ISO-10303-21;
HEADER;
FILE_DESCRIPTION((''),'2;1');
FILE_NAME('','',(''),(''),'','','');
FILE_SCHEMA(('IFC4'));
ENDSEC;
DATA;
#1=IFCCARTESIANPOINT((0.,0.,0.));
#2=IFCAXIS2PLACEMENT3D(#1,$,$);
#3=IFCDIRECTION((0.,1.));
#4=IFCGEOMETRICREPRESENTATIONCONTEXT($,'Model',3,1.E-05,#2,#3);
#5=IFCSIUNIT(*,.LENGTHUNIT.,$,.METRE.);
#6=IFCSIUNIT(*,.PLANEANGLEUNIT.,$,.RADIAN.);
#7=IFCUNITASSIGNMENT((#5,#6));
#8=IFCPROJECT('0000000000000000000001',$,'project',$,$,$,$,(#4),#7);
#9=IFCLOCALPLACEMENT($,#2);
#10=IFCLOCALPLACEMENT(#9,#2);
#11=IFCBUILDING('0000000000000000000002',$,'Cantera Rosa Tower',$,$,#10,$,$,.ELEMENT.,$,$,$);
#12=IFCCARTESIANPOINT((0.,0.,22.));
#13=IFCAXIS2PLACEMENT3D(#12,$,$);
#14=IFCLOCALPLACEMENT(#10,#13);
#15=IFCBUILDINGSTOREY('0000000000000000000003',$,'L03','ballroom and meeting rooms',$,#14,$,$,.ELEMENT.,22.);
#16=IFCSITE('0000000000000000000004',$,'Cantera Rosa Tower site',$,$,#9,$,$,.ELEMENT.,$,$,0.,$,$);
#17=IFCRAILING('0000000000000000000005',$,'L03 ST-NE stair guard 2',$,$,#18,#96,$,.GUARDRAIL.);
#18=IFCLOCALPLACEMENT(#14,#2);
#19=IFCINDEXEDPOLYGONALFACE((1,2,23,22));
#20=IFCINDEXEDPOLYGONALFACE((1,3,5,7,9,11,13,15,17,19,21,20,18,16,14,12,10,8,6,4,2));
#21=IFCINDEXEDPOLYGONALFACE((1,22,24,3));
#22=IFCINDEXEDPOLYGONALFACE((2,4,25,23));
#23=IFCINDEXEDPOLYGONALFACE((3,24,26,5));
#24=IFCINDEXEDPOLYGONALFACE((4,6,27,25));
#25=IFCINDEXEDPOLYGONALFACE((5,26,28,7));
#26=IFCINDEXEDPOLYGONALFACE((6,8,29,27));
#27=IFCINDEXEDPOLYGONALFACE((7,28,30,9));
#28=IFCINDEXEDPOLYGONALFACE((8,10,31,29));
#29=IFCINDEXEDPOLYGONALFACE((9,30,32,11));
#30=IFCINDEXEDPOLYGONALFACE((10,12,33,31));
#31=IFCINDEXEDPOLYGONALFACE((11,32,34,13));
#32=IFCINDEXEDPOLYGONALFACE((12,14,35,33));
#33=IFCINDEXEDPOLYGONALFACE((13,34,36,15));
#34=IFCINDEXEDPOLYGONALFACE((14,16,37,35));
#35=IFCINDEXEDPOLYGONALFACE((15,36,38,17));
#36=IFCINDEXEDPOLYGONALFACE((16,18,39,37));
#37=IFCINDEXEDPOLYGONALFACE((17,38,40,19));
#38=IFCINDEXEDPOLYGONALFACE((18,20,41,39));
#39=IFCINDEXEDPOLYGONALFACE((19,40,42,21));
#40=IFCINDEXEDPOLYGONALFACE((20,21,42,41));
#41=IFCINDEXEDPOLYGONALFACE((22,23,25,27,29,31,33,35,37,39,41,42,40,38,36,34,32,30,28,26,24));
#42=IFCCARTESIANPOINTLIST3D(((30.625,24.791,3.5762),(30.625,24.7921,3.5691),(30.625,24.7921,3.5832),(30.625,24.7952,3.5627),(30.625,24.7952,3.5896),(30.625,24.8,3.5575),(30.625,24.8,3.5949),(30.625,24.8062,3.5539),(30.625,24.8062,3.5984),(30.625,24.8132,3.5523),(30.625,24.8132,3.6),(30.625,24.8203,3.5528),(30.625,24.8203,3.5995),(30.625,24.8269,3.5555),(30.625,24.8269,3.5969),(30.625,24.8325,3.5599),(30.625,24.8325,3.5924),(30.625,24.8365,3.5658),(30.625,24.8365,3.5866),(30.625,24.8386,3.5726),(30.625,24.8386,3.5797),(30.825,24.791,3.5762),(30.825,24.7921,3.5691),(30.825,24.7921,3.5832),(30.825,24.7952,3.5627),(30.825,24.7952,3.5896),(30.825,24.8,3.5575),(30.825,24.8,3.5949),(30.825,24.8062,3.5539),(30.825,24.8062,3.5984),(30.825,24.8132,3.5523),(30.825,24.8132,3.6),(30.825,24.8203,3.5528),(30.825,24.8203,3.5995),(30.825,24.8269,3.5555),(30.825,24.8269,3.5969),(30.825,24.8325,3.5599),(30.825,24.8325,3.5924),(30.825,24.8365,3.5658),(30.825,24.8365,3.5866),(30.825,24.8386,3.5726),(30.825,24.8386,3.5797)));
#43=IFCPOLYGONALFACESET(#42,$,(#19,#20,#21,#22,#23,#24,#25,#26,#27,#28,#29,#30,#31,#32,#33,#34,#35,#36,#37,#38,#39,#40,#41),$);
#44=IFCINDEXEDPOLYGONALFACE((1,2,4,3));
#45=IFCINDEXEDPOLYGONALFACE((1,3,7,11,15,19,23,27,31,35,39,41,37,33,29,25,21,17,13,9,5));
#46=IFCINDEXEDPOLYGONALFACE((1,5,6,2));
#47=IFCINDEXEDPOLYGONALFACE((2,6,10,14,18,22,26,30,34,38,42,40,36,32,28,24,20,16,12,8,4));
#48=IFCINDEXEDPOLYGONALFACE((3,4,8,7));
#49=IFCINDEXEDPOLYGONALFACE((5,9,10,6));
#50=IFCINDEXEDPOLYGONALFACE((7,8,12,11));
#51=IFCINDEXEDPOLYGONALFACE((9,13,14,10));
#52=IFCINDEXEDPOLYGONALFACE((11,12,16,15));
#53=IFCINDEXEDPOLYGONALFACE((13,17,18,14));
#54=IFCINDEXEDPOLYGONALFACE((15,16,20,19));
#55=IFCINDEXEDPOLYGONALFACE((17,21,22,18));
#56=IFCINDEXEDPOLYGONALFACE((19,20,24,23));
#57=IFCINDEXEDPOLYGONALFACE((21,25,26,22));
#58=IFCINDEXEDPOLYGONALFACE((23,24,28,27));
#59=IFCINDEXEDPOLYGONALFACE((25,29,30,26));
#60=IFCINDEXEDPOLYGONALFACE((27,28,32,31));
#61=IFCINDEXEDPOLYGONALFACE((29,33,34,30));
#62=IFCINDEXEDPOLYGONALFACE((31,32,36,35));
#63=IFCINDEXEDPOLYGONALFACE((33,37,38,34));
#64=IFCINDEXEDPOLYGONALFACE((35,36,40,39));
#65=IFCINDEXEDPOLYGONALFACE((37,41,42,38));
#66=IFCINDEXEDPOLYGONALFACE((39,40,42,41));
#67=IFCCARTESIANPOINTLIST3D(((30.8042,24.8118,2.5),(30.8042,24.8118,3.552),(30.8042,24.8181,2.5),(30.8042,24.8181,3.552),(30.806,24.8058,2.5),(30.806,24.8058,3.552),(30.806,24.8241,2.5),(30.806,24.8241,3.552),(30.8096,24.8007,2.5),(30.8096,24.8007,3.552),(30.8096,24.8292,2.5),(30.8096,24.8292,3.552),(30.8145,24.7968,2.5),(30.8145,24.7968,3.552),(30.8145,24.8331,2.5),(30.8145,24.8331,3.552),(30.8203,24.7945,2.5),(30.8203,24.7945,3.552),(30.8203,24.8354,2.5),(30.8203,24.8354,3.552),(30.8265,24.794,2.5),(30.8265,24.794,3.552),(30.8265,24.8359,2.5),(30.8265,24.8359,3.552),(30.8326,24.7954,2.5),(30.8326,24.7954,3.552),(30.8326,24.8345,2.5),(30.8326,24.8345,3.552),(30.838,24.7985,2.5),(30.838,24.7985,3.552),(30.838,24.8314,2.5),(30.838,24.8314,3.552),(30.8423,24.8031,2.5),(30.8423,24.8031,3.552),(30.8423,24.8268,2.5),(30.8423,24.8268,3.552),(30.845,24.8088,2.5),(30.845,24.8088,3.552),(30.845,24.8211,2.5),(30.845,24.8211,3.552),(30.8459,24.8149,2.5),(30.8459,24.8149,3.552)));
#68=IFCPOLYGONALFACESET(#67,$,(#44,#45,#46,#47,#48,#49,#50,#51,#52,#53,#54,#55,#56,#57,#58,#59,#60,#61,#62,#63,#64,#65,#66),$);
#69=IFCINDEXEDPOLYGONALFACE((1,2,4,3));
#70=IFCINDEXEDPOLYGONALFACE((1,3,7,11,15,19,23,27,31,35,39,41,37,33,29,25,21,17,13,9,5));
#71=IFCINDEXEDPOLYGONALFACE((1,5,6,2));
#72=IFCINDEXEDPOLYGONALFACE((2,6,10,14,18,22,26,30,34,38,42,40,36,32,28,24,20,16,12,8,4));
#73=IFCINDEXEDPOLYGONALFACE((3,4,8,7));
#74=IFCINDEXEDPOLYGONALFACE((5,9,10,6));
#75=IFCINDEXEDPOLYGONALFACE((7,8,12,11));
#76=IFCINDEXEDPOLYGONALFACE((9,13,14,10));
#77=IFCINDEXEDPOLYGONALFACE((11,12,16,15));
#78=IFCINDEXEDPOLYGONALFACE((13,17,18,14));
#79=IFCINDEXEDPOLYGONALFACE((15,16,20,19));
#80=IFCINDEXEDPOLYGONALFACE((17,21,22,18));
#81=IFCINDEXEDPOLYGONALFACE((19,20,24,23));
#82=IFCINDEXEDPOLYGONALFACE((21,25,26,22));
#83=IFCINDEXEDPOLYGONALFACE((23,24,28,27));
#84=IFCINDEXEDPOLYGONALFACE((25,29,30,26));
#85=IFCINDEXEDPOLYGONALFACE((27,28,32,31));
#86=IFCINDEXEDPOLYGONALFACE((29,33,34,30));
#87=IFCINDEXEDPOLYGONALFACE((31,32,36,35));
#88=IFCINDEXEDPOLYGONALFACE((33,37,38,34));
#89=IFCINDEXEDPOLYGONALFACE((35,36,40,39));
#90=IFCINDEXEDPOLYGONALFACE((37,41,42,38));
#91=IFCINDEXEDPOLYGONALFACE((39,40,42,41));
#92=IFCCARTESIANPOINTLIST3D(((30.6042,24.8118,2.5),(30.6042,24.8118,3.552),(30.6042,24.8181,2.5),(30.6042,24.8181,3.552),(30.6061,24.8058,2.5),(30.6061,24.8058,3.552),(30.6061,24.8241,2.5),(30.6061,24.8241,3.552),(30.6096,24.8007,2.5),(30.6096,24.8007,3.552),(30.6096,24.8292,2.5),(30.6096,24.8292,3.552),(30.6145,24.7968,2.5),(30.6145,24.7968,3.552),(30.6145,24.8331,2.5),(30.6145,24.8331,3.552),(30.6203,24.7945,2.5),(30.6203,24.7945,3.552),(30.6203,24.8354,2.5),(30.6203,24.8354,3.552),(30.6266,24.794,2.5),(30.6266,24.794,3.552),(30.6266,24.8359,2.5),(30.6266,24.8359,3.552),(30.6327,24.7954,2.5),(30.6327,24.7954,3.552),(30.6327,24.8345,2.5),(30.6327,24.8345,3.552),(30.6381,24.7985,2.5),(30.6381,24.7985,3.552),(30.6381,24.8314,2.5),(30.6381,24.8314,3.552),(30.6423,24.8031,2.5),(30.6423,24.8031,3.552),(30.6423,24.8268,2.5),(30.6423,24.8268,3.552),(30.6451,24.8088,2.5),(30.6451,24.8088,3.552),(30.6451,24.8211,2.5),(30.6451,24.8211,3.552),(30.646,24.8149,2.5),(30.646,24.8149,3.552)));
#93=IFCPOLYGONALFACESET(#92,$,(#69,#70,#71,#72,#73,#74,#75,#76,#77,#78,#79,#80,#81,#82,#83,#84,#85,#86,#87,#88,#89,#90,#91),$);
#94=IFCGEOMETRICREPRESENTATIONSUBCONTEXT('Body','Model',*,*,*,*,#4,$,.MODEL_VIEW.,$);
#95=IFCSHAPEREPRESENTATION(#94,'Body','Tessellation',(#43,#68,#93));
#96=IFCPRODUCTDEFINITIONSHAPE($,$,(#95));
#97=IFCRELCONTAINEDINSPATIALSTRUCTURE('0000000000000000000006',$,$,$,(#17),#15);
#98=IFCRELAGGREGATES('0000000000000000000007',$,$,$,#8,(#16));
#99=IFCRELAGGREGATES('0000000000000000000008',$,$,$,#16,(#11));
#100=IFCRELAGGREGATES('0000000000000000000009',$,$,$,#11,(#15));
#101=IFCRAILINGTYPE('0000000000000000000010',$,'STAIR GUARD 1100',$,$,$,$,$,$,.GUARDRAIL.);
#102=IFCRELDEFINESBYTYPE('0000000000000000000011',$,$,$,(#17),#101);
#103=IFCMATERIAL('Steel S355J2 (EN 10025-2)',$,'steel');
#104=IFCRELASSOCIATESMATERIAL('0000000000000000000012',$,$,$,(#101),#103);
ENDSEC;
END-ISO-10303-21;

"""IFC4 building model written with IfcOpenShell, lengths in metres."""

from ifc_helpers import new_model, si_unit, direction, frame, origin, origin_2d, place, context, subcontext, project, spatial, circle, extrude, material, type_object, element, save


model = new_model("IFC4")

# Units and contexts
model_context = context("Model", 3, precision=1e-05, world=origin(), true_north=direction((0.0, 1.0)))
body_context = subcontext(model_context, "Body", "Model", "MODEL_VIEW")
ifc_project = project(units=[si_unit("LENGTHUNIT", "METRE"), si_unit("PLANEANGLEUNIT", "RADIAN")], contexts=[model_context])

# Site, building, storey
site_placement = place(None, origin())
site = spatial("IfcSite", under=ifc_project, at=site_placement, Name="Cantera Rosa Tower site", CompositionType="ELEMENT", RefElevation=0.0)
building_placement = place(site_placement, origin())
building = spatial("IfcBuilding", under=site, at=building_placement, Name="Cantera Rosa Tower", CompositionType="ELEMENT")
storey_placement = place(building_placement, frame((0.0, 0.0, 22.0)))
storey = spatial("IfcBuildingStorey", under=building, at=storey_placement, Name="L03", Description="ballroom and meeting rooms", CompositionType="ELEMENT", Elevation=22.0)

# Railing
ifc_material_1 = material(Name="Steel S355J2 (EN 10025-2)", Category="steel")
railing_type_1 = type_object("IfcRailingType", Name="STAIR GUARD 1100", PredefinedType="GUARDRAIL", material=ifc_material_1)
railing_1_placement = place(storey_placement, frame((30.825, 24.8149, 2.5)))
element("IfcRailing", 1, at=railing_1_placement, inside=storey, type_object=railing_type_1, Name="L03 ST-NE stair guard 2", PredefinedType="GUARDRAIL", context=body_context, shape_type="SweptSolid", body=[
    extrude(circle(Radius=0.0239, at=origin_2d()), frame((0.0, 0.0, 1.0762), z_axis=(-1.0, 0.0, 0.0), x_axis=(0.0, -1.0, 0.0)), (0.0, 0.0, 1.0), 0.2),
    extrude(circle(Radius=0.021, at=origin_2d()), origin(), (0.0, 0.0, 1.0), 1.052),
    extrude(circle(Radius=0.021, at=origin_2d()), frame((-0.2, 0.0, 0.0)), (0.0, 0.0, 1.0), 1.052),
])

save(model, "model.ifc")
